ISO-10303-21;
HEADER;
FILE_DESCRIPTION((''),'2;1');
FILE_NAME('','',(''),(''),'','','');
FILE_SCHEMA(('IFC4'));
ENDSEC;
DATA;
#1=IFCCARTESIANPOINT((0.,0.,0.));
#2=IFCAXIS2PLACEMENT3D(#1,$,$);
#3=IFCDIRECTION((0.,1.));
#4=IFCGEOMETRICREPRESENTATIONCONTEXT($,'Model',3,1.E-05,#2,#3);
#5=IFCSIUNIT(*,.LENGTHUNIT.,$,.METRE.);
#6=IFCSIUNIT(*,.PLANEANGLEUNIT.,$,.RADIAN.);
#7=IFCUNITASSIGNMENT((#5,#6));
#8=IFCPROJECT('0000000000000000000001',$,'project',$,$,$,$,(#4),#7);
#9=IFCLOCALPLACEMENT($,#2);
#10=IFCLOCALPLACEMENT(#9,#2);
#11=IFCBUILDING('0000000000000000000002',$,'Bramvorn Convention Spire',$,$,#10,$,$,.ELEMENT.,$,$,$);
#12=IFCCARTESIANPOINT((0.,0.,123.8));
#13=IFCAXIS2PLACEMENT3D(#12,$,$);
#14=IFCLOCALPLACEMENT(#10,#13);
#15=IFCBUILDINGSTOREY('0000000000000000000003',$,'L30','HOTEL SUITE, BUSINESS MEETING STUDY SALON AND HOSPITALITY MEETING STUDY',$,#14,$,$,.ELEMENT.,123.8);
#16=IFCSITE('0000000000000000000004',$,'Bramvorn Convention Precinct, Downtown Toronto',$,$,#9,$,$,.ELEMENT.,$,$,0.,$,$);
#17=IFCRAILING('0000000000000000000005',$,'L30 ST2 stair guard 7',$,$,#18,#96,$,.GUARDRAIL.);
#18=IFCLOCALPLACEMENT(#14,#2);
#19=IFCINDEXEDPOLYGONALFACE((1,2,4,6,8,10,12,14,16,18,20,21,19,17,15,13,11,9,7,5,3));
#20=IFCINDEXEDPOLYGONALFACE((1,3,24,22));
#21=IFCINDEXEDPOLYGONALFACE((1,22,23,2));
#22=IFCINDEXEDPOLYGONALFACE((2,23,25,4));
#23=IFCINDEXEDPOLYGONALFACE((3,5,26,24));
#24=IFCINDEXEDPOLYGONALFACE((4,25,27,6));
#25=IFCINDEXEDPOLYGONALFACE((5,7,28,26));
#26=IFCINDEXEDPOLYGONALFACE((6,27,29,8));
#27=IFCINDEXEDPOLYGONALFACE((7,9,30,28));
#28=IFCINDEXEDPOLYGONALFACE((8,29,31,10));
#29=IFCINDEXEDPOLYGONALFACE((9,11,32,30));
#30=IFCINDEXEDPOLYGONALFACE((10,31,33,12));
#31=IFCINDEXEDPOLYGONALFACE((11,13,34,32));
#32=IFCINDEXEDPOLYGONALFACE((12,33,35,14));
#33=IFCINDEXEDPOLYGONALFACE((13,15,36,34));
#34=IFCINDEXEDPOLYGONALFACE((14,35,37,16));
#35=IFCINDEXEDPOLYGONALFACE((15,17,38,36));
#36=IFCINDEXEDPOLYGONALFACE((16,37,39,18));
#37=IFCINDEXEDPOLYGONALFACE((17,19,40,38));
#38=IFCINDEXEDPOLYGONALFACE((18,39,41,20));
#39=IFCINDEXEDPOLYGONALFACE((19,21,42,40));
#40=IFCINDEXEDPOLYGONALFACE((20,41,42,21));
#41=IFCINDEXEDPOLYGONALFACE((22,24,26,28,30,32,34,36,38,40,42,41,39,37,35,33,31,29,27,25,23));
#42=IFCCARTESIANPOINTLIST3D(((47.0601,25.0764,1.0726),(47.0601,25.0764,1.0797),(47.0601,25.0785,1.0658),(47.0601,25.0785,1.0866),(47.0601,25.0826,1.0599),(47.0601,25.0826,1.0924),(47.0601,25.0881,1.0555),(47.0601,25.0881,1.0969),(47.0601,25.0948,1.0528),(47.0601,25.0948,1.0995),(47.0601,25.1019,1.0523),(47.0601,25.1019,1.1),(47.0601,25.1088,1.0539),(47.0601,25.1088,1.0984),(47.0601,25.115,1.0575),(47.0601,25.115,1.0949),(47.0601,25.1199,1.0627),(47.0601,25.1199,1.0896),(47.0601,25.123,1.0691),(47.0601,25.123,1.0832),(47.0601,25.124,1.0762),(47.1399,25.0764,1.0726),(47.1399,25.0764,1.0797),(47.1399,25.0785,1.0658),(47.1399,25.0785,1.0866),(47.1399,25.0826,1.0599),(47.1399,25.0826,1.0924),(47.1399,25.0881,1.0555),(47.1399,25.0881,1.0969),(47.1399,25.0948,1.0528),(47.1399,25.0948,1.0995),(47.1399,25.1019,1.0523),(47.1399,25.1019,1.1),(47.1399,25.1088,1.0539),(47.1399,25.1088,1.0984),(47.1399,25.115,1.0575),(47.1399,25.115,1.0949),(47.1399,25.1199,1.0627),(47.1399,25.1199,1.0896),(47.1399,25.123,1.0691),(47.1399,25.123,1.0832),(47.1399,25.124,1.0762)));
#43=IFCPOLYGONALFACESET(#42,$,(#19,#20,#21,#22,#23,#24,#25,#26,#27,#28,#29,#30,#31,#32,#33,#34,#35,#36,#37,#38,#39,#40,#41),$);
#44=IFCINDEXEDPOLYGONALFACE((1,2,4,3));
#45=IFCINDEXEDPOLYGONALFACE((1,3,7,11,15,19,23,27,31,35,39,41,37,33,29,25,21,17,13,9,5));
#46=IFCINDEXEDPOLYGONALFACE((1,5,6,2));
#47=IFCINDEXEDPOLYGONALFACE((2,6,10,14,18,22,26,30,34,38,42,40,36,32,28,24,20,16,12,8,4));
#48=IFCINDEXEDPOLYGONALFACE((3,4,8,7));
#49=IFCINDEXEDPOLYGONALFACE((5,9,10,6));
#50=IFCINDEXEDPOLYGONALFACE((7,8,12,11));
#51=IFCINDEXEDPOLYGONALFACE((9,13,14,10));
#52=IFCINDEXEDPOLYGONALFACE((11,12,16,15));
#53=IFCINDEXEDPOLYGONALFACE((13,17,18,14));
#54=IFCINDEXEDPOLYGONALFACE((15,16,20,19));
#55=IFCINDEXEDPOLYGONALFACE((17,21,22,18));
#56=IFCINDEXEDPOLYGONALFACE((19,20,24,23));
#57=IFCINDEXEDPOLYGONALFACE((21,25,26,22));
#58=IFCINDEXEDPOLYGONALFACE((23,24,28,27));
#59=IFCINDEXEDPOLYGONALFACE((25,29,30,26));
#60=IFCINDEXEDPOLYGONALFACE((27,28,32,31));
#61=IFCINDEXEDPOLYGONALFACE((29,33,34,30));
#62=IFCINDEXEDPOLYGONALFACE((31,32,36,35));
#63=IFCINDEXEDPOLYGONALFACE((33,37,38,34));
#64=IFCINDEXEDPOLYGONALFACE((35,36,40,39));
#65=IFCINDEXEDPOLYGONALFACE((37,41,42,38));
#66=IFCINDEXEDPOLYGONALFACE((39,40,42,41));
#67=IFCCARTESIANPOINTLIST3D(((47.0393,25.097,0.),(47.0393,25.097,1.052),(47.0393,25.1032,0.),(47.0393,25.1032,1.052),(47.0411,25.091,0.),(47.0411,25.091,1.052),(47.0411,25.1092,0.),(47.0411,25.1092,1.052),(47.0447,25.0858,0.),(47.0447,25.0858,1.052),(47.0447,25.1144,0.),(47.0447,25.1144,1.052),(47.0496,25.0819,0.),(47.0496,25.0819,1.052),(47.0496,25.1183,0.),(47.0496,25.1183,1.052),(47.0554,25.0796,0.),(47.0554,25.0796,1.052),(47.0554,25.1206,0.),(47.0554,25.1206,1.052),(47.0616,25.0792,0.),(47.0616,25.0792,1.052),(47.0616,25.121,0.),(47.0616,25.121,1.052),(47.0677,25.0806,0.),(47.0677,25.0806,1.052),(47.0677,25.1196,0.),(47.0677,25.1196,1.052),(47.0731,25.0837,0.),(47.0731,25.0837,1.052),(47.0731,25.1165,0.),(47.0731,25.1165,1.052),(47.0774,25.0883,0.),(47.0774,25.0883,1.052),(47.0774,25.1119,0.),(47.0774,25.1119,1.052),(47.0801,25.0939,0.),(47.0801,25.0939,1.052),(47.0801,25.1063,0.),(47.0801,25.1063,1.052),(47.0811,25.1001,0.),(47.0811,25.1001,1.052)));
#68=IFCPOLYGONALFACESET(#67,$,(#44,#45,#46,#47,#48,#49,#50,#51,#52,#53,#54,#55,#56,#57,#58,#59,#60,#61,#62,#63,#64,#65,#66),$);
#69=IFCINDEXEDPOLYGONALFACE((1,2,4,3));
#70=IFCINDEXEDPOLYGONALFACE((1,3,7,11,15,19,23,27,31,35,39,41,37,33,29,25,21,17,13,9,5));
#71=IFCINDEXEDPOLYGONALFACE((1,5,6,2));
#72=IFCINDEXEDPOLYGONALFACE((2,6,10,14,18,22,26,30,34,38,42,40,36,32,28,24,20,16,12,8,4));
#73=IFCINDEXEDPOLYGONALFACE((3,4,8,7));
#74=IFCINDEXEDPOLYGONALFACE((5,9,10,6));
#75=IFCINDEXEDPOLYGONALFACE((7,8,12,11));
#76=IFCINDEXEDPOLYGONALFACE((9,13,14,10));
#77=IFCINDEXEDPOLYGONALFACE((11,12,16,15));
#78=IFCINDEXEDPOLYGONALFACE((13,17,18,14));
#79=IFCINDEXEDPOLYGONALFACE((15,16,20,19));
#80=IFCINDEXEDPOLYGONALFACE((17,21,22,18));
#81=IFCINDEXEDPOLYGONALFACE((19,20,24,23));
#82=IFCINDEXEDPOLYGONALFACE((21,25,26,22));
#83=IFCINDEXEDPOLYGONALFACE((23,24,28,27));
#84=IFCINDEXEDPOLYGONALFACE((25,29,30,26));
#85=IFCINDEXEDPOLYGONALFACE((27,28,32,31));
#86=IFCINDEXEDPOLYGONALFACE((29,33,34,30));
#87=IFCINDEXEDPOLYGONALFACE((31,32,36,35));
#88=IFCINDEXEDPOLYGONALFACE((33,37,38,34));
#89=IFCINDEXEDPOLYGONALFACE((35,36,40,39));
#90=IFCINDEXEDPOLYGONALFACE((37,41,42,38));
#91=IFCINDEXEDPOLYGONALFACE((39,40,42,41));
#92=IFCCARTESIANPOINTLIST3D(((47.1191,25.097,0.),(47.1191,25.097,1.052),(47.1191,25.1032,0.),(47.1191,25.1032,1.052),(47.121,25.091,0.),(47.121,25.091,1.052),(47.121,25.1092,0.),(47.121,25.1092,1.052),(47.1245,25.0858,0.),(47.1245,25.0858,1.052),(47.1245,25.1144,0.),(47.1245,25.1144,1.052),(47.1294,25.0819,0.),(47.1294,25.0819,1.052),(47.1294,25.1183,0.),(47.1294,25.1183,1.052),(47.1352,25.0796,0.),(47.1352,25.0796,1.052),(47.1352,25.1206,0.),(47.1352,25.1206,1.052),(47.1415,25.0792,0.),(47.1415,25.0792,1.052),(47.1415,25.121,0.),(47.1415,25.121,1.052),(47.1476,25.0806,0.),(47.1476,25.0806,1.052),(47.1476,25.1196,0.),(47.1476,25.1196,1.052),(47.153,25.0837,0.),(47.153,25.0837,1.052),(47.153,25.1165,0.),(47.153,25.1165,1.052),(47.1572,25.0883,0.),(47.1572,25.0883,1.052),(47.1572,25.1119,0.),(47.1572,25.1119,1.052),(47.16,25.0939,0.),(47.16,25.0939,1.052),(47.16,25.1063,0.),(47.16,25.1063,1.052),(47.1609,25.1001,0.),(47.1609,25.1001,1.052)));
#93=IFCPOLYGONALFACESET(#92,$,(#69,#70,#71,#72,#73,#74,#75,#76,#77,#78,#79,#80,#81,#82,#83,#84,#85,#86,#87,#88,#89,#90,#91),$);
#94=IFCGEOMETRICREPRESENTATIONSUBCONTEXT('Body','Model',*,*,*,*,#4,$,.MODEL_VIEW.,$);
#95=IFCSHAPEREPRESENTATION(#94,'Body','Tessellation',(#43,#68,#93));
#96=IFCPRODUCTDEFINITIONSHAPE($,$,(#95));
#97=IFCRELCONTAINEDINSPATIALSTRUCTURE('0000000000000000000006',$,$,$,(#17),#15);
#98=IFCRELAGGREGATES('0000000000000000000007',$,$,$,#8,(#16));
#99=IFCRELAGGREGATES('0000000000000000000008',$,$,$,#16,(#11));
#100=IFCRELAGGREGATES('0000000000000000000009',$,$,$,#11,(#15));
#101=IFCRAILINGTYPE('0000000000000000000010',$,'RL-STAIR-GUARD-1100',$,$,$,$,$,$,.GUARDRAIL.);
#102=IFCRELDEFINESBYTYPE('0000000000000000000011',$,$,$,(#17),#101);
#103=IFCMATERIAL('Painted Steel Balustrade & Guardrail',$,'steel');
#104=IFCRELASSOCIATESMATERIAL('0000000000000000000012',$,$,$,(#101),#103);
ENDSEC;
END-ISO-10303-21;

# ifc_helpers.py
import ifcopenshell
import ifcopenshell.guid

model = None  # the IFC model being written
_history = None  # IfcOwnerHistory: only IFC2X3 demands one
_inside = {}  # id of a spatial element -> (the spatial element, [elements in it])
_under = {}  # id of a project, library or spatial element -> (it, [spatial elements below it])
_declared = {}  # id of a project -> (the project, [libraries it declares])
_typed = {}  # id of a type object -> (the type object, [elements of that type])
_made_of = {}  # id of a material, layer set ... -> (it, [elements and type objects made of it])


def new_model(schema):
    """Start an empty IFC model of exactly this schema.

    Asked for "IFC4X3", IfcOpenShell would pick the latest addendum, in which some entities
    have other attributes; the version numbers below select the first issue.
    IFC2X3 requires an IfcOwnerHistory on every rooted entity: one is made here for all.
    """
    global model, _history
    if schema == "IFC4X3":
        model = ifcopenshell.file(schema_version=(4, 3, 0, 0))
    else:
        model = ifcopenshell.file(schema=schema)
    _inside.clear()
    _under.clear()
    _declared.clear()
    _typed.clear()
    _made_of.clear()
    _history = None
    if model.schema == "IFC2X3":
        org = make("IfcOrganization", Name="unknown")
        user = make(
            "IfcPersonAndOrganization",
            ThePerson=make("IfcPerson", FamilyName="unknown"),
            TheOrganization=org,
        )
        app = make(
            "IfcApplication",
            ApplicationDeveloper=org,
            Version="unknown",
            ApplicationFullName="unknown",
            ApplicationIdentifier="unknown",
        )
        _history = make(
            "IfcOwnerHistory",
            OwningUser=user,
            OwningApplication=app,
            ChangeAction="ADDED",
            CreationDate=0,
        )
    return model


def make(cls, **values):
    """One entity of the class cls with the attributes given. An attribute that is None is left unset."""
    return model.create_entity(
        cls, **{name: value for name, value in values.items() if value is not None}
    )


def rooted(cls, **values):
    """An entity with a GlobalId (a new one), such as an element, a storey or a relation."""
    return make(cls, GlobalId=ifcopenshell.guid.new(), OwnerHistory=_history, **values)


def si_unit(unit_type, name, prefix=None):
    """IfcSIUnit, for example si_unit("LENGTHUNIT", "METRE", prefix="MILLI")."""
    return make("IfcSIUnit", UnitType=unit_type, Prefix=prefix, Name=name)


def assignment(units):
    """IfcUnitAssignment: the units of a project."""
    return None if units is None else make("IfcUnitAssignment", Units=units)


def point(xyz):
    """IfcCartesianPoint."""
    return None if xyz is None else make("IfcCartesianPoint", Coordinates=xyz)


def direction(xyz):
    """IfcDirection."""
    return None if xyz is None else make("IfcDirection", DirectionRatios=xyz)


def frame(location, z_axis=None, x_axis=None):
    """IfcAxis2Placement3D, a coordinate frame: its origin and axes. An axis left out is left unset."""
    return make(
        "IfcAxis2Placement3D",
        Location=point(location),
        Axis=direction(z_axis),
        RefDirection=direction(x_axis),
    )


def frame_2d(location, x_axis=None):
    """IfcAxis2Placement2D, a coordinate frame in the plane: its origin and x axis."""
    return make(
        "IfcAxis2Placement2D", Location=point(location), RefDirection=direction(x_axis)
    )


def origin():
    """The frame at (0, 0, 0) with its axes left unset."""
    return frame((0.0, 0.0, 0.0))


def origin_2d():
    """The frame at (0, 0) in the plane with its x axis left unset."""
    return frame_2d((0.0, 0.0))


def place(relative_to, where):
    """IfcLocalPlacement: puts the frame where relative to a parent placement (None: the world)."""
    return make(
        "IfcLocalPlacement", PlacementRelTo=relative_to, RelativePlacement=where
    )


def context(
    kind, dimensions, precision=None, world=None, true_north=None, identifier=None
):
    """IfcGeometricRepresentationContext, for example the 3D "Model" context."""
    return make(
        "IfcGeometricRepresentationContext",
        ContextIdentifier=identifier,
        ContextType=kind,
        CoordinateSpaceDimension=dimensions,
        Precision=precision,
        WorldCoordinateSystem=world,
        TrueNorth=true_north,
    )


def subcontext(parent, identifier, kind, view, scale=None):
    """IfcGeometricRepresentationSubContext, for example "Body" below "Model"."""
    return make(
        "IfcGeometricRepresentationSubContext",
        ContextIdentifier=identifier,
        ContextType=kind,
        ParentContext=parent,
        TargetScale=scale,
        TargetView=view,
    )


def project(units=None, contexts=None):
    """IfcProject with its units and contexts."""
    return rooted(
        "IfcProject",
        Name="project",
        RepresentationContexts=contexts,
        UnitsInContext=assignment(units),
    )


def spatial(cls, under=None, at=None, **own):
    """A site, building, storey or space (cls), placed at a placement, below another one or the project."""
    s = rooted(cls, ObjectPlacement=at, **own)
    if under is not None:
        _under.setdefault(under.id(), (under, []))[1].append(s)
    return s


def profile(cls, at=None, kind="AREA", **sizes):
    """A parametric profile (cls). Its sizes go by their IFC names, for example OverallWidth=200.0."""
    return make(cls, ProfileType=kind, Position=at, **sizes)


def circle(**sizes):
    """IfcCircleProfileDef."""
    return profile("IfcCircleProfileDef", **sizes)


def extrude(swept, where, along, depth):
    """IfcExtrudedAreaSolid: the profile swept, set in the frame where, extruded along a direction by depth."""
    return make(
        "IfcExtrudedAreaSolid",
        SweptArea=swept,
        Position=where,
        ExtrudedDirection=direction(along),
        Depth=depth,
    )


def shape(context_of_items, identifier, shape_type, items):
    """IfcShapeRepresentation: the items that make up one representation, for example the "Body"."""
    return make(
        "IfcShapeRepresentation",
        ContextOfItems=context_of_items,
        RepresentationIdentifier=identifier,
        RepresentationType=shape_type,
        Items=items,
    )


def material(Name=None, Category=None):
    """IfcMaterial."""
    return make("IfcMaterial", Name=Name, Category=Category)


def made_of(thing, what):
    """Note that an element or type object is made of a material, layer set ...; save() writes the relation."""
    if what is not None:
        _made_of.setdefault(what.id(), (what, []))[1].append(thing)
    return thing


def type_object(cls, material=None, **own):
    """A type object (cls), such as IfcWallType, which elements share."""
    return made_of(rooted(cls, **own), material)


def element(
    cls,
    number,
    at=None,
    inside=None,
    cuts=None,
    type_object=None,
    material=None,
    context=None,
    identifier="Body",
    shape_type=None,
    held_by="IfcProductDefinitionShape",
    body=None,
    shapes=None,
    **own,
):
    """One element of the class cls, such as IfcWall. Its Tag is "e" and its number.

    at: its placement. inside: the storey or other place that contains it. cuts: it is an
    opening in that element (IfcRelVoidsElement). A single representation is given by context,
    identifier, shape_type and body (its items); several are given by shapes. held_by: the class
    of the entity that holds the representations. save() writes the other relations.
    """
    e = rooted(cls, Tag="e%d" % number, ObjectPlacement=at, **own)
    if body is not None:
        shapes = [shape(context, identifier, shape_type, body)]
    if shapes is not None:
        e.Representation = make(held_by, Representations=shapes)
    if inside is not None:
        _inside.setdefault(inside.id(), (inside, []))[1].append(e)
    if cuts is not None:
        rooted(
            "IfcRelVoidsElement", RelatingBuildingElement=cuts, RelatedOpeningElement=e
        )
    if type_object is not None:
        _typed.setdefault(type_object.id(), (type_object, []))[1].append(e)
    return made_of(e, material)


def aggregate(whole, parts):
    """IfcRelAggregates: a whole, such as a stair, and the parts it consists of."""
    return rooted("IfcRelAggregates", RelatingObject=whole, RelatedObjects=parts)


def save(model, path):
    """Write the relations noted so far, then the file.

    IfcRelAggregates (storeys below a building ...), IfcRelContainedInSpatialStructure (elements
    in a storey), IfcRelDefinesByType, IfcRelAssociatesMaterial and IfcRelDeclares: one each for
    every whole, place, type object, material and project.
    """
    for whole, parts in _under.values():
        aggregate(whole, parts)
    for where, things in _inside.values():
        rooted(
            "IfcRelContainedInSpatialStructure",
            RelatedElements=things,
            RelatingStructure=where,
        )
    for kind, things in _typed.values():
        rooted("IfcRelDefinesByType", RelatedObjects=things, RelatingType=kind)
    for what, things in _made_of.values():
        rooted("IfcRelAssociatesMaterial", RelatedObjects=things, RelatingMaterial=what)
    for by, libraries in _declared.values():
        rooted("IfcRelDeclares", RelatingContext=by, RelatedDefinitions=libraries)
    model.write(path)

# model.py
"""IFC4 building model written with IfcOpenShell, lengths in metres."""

from ifc_helpers import new_model, si_unit, direction, frame, origin, origin_2d, place, context, subcontext, project, spatial, circle, extrude, material, type_object, element, save


model = new_model("IFC4")

# Units and contexts
model_context = context("Model", 3, precision=1e-05, world=origin(), true_north=direction((0.0, 1.0)))
body_context = subcontext(model_context, "Body", "Model", "MODEL_VIEW")
ifc_project = project(units=[si_unit("LENGTHUNIT", "METRE"), si_unit("PLANEANGLEUNIT", "RADIAN")], contexts=[model_context])

# Site, building, storey
site_placement = place(None, origin())
site = spatial("IfcSite", under=ifc_project, at=site_placement, Name="Bramvorn Convention Precinct, Downtown Toronto", CompositionType="ELEMENT", RefElevation=0.0)
building_placement = place(site_placement, origin())
building = spatial("IfcBuilding", under=site, at=building_placement, Name="Bramvorn Convention Spire", CompositionType="ELEMENT")
storey_placement = place(building_placement, frame((0.0, 0.0, 123.8)))
storey = spatial("IfcBuildingStorey", under=building, at=storey_placement, Name="L30", Description="HOTEL SUITE, BUSINESS MEETING STUDY SALON AND HOSPITALITY MEETING STUDY", CompositionType="ELEMENT", Elevation=123.8)

# Railing
ifc_material_1 = material(Name="Painted Steel Balustrade & Guardrail", Category="steel")
railing_type_1 = type_object("IfcRailingType", Name="RL-STAIR-GUARD-1100", PredefinedType="GUARDRAIL", material=ifc_material_1)
railing_1_placement = place(storey_placement, frame((47.0601, 25.1001, 0.0)))
element("IfcRailing", 1, at=railing_1_placement, inside=storey, type_object=railing_type_1, Name="L30 ST2 stair guard 7", PredefinedType="GUARDRAIL", context=body_context, shape_type="SweptSolid", body=[
    extrude(circle(Radius=0.0239, at=origin_2d()), frame((0.0, 0.0, 1.0762), z_axis=(1.0, 0.0, 0.0), x_axis=(0.0, 1.0, 0.0)), (0.0, 0.0, 1.0), 0.0798),
    extrude(circle(Radius=0.021, at=origin_2d()), origin(), (0.0, 0.0, 1.0), 1.052),
    extrude(circle(Radius=0.021, at=origin_2d()), frame((0.0798, 0.0, 0.0)), (0.0, 0.0, 1.0), 1.052),
])

save(model, "model.ifc")
